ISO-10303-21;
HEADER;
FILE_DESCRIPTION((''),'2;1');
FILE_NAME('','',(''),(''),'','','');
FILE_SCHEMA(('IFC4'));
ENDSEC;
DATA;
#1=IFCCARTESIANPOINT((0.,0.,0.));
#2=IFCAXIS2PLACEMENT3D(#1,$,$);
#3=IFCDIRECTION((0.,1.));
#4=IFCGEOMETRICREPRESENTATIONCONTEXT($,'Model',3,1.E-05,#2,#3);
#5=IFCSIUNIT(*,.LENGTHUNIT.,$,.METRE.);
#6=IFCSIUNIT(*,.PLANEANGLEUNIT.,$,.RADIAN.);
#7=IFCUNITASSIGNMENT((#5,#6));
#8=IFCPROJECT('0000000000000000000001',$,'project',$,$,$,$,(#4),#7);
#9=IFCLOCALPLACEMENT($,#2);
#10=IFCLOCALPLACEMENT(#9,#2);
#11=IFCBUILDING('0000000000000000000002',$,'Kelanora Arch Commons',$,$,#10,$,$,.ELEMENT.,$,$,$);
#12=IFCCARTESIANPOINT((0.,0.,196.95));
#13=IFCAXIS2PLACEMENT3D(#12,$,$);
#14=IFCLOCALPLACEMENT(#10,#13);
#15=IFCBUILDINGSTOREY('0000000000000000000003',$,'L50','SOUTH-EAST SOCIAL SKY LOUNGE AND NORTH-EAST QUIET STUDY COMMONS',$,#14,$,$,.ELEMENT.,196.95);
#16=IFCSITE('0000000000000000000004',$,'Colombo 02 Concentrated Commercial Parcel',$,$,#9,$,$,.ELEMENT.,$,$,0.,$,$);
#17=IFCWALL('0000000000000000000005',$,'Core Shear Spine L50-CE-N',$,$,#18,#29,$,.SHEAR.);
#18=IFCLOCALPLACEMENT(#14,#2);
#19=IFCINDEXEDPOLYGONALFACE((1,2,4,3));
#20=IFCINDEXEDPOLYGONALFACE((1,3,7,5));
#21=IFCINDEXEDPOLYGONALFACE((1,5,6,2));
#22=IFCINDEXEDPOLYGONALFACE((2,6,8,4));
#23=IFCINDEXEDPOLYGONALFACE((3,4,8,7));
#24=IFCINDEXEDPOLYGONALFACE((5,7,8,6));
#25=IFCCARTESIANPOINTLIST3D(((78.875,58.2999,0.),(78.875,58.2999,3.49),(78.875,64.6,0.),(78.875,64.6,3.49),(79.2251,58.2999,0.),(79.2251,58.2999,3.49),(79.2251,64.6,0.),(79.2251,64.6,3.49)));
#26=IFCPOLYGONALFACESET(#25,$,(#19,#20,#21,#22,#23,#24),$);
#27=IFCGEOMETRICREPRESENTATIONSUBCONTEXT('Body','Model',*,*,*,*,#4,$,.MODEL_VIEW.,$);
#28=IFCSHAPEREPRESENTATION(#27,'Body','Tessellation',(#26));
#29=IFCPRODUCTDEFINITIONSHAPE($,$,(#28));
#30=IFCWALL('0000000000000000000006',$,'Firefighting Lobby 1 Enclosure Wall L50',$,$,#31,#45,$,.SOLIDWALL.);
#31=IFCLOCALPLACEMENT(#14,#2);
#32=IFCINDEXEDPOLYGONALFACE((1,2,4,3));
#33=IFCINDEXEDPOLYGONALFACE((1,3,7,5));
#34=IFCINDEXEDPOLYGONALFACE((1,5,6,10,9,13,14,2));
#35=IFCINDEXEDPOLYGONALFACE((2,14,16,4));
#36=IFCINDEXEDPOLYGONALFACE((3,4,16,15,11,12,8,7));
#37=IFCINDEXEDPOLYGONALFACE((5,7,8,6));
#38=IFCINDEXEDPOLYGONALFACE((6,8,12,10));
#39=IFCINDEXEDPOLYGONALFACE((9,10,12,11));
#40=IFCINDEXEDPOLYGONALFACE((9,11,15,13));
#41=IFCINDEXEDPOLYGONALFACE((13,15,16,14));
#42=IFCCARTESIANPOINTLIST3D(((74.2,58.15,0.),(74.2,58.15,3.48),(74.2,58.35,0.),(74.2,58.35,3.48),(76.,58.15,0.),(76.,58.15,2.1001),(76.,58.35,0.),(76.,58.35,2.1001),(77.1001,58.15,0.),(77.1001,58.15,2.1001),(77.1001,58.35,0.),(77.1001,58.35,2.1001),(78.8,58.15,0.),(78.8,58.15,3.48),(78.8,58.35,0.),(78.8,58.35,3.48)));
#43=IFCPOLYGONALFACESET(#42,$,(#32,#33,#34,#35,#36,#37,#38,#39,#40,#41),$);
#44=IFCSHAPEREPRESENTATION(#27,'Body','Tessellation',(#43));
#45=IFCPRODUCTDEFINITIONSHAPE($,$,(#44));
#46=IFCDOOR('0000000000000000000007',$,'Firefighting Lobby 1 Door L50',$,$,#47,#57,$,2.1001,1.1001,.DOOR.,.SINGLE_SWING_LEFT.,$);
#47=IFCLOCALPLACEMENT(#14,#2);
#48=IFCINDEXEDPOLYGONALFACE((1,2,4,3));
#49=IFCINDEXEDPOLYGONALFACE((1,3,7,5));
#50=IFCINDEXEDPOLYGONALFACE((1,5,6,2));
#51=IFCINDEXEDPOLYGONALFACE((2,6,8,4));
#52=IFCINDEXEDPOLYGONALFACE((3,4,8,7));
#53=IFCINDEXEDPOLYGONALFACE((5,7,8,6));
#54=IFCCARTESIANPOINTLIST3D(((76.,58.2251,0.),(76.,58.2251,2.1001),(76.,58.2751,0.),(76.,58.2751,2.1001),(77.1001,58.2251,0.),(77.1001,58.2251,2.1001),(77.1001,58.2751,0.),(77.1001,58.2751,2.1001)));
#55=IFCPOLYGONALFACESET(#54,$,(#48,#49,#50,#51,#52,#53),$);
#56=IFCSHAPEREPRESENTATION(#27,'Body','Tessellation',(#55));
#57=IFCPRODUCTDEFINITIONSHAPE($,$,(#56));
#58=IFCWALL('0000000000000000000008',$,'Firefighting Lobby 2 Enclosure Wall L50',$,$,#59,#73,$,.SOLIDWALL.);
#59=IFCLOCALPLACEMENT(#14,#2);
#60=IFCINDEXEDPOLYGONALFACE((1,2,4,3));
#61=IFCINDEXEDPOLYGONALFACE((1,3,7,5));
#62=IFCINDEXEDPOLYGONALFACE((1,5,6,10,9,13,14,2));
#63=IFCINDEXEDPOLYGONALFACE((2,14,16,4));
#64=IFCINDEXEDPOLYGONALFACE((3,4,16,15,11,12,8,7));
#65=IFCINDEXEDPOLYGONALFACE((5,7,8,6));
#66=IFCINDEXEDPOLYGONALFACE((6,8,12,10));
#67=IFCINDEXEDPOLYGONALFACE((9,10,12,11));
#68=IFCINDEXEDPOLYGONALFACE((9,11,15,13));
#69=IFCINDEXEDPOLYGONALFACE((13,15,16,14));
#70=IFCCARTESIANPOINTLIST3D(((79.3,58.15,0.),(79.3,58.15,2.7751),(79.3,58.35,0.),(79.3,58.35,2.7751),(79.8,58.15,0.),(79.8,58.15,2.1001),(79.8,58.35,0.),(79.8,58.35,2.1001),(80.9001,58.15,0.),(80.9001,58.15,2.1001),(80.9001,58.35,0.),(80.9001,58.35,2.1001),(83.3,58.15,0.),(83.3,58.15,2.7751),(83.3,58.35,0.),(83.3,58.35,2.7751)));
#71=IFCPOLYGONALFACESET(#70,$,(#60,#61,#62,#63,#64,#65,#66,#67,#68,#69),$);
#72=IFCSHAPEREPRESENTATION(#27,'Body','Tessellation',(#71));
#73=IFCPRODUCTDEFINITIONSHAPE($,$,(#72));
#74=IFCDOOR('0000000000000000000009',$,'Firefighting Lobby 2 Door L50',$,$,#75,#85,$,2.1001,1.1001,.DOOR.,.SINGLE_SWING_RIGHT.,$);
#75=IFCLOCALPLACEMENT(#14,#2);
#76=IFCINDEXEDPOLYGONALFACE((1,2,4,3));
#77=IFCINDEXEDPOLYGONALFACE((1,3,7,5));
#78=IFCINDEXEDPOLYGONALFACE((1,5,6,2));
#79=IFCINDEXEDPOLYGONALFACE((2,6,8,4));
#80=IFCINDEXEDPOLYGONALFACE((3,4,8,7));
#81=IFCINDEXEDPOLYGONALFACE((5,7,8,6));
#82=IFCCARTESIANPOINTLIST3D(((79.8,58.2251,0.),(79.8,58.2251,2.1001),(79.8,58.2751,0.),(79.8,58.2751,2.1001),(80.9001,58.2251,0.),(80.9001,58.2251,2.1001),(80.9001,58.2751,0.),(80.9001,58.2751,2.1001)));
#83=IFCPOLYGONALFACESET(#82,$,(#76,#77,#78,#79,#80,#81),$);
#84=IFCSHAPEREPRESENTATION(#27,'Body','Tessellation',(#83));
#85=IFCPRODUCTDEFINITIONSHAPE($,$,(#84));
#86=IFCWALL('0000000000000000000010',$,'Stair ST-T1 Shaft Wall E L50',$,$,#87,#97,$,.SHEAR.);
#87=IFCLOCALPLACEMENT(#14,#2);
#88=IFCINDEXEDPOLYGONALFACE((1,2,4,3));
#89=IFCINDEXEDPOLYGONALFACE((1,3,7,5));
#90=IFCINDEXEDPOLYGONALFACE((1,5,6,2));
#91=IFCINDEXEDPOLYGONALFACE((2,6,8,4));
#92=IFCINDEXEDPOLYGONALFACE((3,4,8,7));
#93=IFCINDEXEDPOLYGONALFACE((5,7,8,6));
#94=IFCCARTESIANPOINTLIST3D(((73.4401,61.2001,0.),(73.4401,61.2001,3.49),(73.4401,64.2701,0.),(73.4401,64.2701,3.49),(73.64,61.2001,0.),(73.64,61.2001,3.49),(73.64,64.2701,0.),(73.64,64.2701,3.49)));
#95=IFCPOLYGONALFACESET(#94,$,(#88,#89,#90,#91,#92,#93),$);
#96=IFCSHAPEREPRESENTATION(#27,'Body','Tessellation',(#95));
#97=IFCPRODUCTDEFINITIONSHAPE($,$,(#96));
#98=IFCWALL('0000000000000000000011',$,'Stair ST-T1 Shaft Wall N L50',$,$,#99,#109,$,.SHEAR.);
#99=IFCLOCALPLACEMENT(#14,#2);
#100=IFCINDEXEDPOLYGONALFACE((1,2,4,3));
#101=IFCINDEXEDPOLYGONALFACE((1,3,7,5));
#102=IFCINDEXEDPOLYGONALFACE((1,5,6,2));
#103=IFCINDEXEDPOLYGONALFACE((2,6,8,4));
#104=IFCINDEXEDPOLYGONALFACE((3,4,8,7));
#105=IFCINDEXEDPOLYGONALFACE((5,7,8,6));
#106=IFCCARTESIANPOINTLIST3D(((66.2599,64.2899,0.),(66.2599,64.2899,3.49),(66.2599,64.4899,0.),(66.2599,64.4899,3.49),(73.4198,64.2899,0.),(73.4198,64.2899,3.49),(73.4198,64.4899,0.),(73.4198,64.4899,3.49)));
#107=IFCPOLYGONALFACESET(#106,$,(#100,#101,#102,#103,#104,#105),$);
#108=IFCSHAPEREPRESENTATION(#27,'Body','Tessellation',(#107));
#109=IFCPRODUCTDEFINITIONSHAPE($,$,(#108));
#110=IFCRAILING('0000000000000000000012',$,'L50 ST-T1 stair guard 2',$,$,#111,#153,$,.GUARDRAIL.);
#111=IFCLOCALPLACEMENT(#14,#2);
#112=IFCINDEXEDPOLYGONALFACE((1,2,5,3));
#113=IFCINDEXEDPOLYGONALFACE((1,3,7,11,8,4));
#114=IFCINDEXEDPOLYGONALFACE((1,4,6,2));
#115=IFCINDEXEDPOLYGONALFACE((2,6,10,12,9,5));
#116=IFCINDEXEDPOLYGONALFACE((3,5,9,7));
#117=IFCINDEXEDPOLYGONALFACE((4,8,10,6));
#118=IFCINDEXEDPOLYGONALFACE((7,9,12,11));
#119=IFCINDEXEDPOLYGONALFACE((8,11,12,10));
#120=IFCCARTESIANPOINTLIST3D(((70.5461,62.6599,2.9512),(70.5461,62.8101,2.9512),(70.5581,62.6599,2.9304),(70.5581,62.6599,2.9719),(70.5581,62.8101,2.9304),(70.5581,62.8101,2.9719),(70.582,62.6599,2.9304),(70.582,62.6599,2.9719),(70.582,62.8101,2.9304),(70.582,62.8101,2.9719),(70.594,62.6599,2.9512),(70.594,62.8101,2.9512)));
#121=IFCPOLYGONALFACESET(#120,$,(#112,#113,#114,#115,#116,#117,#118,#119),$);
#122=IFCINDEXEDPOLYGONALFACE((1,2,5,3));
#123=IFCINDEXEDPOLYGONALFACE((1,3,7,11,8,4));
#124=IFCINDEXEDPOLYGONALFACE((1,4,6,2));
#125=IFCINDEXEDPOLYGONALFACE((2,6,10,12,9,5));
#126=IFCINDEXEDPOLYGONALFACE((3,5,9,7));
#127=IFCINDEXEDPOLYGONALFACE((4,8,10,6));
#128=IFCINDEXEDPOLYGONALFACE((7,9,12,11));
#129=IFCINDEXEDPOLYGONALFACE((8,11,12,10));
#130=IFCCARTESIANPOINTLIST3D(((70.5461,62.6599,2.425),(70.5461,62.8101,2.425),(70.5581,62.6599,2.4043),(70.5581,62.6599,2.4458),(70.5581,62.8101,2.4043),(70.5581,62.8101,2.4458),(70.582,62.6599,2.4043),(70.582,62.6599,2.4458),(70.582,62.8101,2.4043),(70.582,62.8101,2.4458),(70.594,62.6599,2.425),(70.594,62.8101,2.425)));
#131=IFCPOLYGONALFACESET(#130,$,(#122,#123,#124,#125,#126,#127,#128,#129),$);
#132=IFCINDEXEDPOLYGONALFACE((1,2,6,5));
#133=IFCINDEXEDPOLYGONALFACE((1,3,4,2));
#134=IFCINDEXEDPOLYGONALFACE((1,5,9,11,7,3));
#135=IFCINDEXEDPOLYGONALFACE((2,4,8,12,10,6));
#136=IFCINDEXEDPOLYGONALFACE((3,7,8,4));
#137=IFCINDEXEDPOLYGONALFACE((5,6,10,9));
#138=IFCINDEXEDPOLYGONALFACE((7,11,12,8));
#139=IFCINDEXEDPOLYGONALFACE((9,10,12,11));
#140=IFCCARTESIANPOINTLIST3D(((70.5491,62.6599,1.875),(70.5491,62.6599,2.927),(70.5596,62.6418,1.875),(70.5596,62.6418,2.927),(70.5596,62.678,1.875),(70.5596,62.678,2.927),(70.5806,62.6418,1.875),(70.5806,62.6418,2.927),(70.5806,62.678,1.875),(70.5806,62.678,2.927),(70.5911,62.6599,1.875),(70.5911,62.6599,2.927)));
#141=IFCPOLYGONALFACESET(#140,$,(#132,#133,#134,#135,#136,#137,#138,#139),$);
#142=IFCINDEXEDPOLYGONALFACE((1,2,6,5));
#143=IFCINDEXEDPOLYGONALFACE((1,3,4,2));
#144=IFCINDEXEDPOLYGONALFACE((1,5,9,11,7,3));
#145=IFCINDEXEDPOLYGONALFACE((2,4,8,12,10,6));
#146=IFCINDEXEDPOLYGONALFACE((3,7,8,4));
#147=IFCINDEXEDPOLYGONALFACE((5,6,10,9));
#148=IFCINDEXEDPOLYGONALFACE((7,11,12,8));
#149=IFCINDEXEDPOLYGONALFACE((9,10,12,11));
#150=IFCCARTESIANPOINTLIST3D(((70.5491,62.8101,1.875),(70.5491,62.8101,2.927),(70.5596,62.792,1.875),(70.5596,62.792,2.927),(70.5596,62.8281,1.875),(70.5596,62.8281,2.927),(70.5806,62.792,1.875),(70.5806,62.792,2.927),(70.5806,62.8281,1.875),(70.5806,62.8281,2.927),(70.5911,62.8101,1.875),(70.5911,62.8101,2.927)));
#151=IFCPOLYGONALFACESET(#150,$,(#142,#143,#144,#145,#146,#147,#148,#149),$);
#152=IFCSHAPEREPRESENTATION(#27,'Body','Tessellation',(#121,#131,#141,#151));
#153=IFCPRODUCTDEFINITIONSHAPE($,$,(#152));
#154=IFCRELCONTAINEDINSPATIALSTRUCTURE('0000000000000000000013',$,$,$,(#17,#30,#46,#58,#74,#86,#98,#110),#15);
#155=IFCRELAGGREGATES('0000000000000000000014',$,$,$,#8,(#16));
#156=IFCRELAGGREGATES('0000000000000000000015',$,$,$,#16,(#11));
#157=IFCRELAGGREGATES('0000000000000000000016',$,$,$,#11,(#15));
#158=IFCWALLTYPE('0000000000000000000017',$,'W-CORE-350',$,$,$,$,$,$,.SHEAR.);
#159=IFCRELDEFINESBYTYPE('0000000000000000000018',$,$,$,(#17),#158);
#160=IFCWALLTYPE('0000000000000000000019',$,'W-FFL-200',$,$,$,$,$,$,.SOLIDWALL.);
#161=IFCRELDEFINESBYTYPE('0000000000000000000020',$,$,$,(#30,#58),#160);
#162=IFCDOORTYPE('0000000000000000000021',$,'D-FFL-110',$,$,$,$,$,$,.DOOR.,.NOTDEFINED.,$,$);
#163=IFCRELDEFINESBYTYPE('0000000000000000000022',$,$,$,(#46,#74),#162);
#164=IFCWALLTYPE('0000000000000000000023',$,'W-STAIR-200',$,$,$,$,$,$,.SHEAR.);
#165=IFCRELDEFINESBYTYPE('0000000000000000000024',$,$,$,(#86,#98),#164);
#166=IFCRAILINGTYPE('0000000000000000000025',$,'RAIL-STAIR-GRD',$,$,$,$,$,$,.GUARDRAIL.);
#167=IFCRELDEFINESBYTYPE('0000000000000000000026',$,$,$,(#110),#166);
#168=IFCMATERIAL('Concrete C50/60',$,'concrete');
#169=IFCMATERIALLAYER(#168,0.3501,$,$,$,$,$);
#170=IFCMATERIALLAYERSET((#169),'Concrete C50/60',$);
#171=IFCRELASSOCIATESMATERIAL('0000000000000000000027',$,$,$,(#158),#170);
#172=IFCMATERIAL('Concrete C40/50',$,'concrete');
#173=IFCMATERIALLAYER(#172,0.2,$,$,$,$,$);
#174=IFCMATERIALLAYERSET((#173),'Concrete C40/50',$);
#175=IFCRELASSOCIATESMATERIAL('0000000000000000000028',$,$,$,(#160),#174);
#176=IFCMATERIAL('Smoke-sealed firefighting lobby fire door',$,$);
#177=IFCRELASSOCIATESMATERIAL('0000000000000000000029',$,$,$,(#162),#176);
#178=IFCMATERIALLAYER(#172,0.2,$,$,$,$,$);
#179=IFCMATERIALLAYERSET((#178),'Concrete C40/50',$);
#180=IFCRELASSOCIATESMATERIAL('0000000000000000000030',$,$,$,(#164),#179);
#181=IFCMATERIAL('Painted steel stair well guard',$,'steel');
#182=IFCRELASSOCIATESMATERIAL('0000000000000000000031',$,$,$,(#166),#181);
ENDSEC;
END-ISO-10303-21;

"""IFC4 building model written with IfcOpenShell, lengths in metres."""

from ifc_helpers import new_model, si_unit, direction, frame, frame_2d, origin, place, context, subcontext, project, spatial, polyline, rectangle, outline, extrude, material, layer, layer_set, type_object, element, fill, save


model = new_model("IFC4")

# Units and contexts
model_context = context("Model", 3, precision=1e-05, world=origin(), true_north=direction((0.0, 1.0)))
body_context = subcontext(model_context, "Body", "Model", "MODEL_VIEW")
ifc_project = project(units=[si_unit("LENGTHUNIT", "METRE"), si_unit("PLANEANGLEUNIT", "RADIAN")], contexts=[model_context])

# Site, building, storey
site_placement = place(None, origin())
site = spatial("IfcSite", under=ifc_project, at=site_placement, Name="Colombo 02 Concentrated Commercial Parcel", CompositionType="ELEMENT", RefElevation=0.0)
building_placement = place(site_placement, origin())
building = spatial("IfcBuilding", under=site, at=building_placement, Name="Kelanora Arch Commons", CompositionType="ELEMENT")
storey_placement = place(building_placement, frame((0.0, 0.0, 196.95)))
storey = spatial("IfcBuildingStorey", under=building, at=storey_placement, Name="L50", Description="SOUTH-EAST SOCIAL SKY LOUNGE AND NORTH-EAST QUIET STUDY COMMONS", CompositionType="ELEMENT", Elevation=196.95)

# Wall
ifc_material_1 = material(Name="Concrete C50/60", Category="concrete")
ifc_layer_1 = layer(ifc_material_1, 0.3501)
ifc_layer_set_1 = layer_set([ifc_layer_1], Name="Concrete C50/60")
wall_type_1 = type_object("IfcWallType", Name="W-CORE-350", PredefinedType="SHEAR", material=ifc_layer_set_1)
wall_1_placement = place(storey_placement, frame((79.05, 58.3, 0.0), z_axis=(0.0, 0.0, 1.0), x_axis=(0.0, 1.0, 0.0)))
element("IfcWall", 1, at=wall_1_placement, inside=storey, type_object=wall_type_1, Name="Core Shear Spine L50-CE-N", PredefinedType="SHEAR", context=body_context, shape_type="SweptSolid", body=[
    extrude(rectangle(XDim=6.3, YDim=0.3501, at=frame_2d((3.1499, 0.0))), origin(), (0.0, 0.0, 1.0), 3.49),
])

# Walls, openings, doors
ifc_material_2 = material(Name="Concrete C40/50", Category="concrete")
ifc_layer_2 = layer(ifc_material_2, 0.2)
ifc_layer_set_2 = layer_set([ifc_layer_2], Name="Concrete C40/50")
wall_type_2 = type_object("IfcWallType", Name="W-FFL-200", PredefinedType="SOLIDWALL", material=ifc_layer_set_2)
wall_2_placement = place(storey_placement, frame((74.2, 58.25, 0.0), z_axis=(0.0, 0.0, 1.0), x_axis=(1.0, 0.0, 0.0)))
wall_2 = element("IfcWall", 2, at=wall_2_placement, inside=storey, type_object=wall_type_2, Name="Firefighting Lobby 1 Enclosure Wall L50", PredefinedType="SOLIDWALL", context=body_context, shape_type="SweptSolid", body=[
    extrude(rectangle(XDim=4.6001, YDim=0.2, at=frame_2d((2.3, 0.0))), origin(), (0.0, 0.0, 1.0), 3.48),
])
opening_1_placement = place(wall_2_placement, frame((1.8, 0.0, 0.0)))
opening_1 = element("IfcOpeningElement", 3, at=opening_1_placement, cuts=wall_2, PredefinedType="OPENING", context=body_context, shape_type="SweptSolid", body=[
    extrude(rectangle(XDim=1.1001, YDim=2.1001, at=frame_2d((0.55, 1.05))), frame((0.0, 0.1099, 0.0), z_axis=(0.0, -1.0, 0.0), x_axis=(1.0, 0.0, 0.0)), (0.0, 0.0, 1.0), 0.22),
])
ifc_material_3 = material(Name="Smoke-sealed firefighting lobby fire door")
door_type_1 = type_object("IfcDoorType", Name="D-FFL-110", OperationType="NOTDEFINED", PredefinedType="DOOR", material=ifc_material_3)
door_1_placement = place(opening_1_placement, frame((1.1001, 0.0, 0.0), z_axis=(0.0, 0.0, 1.0), x_axis=(-1.0, 0.0, 0.0)))
door_1 = element("IfcDoor", 4, at=door_1_placement, inside=storey, type_object=door_type_1, Name="Firefighting Lobby 1 Door L50", OperationType="SINGLE_SWING_LEFT", OverallHeight=2.1001, OverallWidth=1.1001, PredefinedType="DOOR", context=body_context, shape_type="SweptSolid", body=[
    extrude(rectangle(XDim=1.1001, YDim=2.1001, at=frame_2d((0.55, 1.05))), frame((0.0, 0.0249, 0.0), z_axis=(0.0, -1.0, 0.0), x_axis=(1.0, 0.0, 0.0)), (0.0, 0.0, 1.0), 0.05),
])
fill(opening_1, door_1)
wall_3_placement = place(storey_placement, frame((79.3, 58.25, 0.0), z_axis=(0.0, 0.0, 1.0), x_axis=(1.0, 0.0, 0.0)))
wall_3 = element("IfcWall", 5, at=wall_3_placement, inside=storey, type_object=wall_type_2, Name="Firefighting Lobby 2 Enclosure Wall L50", PredefinedType="SOLIDWALL", context=body_context, shape_type="SweptSolid", body=[
    extrude(rectangle(XDim=4.0, YDim=0.2, at=frame_2d((2.0, 0.0))), origin(), (0.0, 0.0, 1.0), 2.7751),
])
opening_2_placement = place(wall_3_placement, frame((0.5, 0.0, 0.0)))
opening_2 = element("IfcOpeningElement", 6, at=opening_2_placement, cuts=wall_3, PredefinedType="OPENING", context=body_context, shape_type="SweptSolid", body=[
    extrude(rectangle(XDim=1.1001, YDim=2.1001, at=frame_2d((0.55, 1.05))), frame((0.0, 0.1099, 0.0), z_axis=(0.0, -1.0, 0.0), x_axis=(1.0, 0.0, 0.0)), (0.0, 0.0, 1.0), 0.22),
])
door_2_placement = place(opening_2_placement, frame((1.1001, 0.0, 0.0), z_axis=(0.0, 0.0, 1.0), x_axis=(-1.0, 0.0, 0.0)))
door_2 = element("IfcDoor", 7, at=door_2_placement, inside=storey, type_object=door_type_1, Name="Firefighting Lobby 2 Door L50", OperationType="SINGLE_SWING_RIGHT", OverallHeight=2.1001, OverallWidth=1.1001, PredefinedType="DOOR", context=body_context, shape_type="SweptSolid", body=[
    extrude(rectangle(XDim=1.1001, YDim=2.1001, at=frame_2d((0.55, 1.05))), frame((0.0, 0.0249, 0.0), z_axis=(0.0, -1.0, 0.0), x_axis=(1.0, 0.0, 0.0)), (0.0, 0.0, 1.0), 0.05),
])
fill(opening_2, door_2)

# Walls
ifc_layer_3 = layer(ifc_material_2, 0.2)
ifc_layer_set_3 = layer_set([ifc_layer_3], Name="Concrete C40/50")
wall_type_3 = type_object("IfcWallType", Name="W-STAIR-200", PredefinedType="SHEAR", material=ifc_layer_set_3)
wall_4_placement = place(storey_placement, frame((73.54, 61.2, 0.0), z_axis=(0.0, 0.0, 1.0), x_axis=(0.0, 1.0, 0.0)))
element("IfcWall", 8, at=wall_4_placement, inside=storey, type_object=wall_type_3, Name="Stair ST-T1 Shaft Wall E L50", PredefinedType="SHEAR", context=body_context, shape_type="SweptSolid", body=[
    extrude(rectangle(XDim=3.0701, YDim=0.2, at=frame_2d((1.5352, 0.0))), origin(), (0.0, 0.0, 1.0), 3.49),
])
wall_5_placement = place(storey_placement, frame((73.4199, 64.3899, 0.0), z_axis=(0.0, 0.0, 1.0), x_axis=(-1.0, 0.0, 0.0)))
element("IfcWall", 9, at=wall_5_placement, inside=storey, type_object=wall_type_3, Name="Stair ST-T1 Shaft Wall N L50", PredefinedType="SHEAR", context=body_context, shape_type="SweptSolid", body=[
    extrude(rectangle(XDim=7.1599, YDim=0.2, at=frame_2d((3.5801, 0.0))), origin(), (0.0, 0.0, 1.0), 3.49),
])

# Railing
ifc_material_4 = material(Name="Painted steel stair well guard", Category="steel")
railing_type_1 = type_object("IfcRailingType", Name="RAIL-STAIR-GRD", PredefinedType="GUARDRAIL", material=ifc_material_4)
railing_1_placement = place(storey_placement, frame((70.5701, 62.6599, 1.875)))
element("IfcRailing", 10, at=railing_1_placement, inside=storey, type_object=railing_type_1, Name="L50 ST-T1 stair guard 2", PredefinedType="GUARDRAIL", context=body_context, shape_type="SweptSolid", body=[
    extrude(outline(polyline([(0.0239, 0.0), (0.012, 0.0208), (-0.012, 0.0208), (-0.0239, 0.0), (-0.012, -0.0208), (0.012, -0.0208), (0.0239, 0.0)])), frame((0.0, 0.0, 1.0762), z_axis=(0.0, 1.0, 0.0), x_axis=(-1.0, 0.0, 0.0)), (0.0, 0.0, 1.0), 0.1501),
    extrude(outline(polyline([(0.0239, 0.0), (0.012, 0.0208), (-0.012, 0.0208), (-0.0239, 0.0), (-0.012, -0.0208), (0.012, -0.0208), (0.0239, 0.0)])), frame((0.0, 0.0, 0.55), z_axis=(0.0, 1.0, 0.0), x_axis=(-1.0, 0.0, 0.0)), (0.0, 0.0, 1.0), 0.1501),
    extrude(outline(polyline([(0.021, 0.0), (0.0105, 0.0181), (-0.0105, 0.0181), (-0.021, 0.0), (-0.0105, -0.0181), (0.0105, -0.0181), (0.021, 0.0)])), origin(), (0.0, 0.0, 1.0), 1.052),
    extrude(outline(polyline([(0.021, 0.0), (0.0105, 0.0181), (-0.0105, 0.0181), (-0.021, 0.0), (-0.0105, -0.0181), (0.0105, -0.0181), (0.021, 0.0)])), frame((0.0, 0.1501, 0.0)), (0.0, 0.0, 1.0), 1.052),
])

save(model, "model.ifc")
